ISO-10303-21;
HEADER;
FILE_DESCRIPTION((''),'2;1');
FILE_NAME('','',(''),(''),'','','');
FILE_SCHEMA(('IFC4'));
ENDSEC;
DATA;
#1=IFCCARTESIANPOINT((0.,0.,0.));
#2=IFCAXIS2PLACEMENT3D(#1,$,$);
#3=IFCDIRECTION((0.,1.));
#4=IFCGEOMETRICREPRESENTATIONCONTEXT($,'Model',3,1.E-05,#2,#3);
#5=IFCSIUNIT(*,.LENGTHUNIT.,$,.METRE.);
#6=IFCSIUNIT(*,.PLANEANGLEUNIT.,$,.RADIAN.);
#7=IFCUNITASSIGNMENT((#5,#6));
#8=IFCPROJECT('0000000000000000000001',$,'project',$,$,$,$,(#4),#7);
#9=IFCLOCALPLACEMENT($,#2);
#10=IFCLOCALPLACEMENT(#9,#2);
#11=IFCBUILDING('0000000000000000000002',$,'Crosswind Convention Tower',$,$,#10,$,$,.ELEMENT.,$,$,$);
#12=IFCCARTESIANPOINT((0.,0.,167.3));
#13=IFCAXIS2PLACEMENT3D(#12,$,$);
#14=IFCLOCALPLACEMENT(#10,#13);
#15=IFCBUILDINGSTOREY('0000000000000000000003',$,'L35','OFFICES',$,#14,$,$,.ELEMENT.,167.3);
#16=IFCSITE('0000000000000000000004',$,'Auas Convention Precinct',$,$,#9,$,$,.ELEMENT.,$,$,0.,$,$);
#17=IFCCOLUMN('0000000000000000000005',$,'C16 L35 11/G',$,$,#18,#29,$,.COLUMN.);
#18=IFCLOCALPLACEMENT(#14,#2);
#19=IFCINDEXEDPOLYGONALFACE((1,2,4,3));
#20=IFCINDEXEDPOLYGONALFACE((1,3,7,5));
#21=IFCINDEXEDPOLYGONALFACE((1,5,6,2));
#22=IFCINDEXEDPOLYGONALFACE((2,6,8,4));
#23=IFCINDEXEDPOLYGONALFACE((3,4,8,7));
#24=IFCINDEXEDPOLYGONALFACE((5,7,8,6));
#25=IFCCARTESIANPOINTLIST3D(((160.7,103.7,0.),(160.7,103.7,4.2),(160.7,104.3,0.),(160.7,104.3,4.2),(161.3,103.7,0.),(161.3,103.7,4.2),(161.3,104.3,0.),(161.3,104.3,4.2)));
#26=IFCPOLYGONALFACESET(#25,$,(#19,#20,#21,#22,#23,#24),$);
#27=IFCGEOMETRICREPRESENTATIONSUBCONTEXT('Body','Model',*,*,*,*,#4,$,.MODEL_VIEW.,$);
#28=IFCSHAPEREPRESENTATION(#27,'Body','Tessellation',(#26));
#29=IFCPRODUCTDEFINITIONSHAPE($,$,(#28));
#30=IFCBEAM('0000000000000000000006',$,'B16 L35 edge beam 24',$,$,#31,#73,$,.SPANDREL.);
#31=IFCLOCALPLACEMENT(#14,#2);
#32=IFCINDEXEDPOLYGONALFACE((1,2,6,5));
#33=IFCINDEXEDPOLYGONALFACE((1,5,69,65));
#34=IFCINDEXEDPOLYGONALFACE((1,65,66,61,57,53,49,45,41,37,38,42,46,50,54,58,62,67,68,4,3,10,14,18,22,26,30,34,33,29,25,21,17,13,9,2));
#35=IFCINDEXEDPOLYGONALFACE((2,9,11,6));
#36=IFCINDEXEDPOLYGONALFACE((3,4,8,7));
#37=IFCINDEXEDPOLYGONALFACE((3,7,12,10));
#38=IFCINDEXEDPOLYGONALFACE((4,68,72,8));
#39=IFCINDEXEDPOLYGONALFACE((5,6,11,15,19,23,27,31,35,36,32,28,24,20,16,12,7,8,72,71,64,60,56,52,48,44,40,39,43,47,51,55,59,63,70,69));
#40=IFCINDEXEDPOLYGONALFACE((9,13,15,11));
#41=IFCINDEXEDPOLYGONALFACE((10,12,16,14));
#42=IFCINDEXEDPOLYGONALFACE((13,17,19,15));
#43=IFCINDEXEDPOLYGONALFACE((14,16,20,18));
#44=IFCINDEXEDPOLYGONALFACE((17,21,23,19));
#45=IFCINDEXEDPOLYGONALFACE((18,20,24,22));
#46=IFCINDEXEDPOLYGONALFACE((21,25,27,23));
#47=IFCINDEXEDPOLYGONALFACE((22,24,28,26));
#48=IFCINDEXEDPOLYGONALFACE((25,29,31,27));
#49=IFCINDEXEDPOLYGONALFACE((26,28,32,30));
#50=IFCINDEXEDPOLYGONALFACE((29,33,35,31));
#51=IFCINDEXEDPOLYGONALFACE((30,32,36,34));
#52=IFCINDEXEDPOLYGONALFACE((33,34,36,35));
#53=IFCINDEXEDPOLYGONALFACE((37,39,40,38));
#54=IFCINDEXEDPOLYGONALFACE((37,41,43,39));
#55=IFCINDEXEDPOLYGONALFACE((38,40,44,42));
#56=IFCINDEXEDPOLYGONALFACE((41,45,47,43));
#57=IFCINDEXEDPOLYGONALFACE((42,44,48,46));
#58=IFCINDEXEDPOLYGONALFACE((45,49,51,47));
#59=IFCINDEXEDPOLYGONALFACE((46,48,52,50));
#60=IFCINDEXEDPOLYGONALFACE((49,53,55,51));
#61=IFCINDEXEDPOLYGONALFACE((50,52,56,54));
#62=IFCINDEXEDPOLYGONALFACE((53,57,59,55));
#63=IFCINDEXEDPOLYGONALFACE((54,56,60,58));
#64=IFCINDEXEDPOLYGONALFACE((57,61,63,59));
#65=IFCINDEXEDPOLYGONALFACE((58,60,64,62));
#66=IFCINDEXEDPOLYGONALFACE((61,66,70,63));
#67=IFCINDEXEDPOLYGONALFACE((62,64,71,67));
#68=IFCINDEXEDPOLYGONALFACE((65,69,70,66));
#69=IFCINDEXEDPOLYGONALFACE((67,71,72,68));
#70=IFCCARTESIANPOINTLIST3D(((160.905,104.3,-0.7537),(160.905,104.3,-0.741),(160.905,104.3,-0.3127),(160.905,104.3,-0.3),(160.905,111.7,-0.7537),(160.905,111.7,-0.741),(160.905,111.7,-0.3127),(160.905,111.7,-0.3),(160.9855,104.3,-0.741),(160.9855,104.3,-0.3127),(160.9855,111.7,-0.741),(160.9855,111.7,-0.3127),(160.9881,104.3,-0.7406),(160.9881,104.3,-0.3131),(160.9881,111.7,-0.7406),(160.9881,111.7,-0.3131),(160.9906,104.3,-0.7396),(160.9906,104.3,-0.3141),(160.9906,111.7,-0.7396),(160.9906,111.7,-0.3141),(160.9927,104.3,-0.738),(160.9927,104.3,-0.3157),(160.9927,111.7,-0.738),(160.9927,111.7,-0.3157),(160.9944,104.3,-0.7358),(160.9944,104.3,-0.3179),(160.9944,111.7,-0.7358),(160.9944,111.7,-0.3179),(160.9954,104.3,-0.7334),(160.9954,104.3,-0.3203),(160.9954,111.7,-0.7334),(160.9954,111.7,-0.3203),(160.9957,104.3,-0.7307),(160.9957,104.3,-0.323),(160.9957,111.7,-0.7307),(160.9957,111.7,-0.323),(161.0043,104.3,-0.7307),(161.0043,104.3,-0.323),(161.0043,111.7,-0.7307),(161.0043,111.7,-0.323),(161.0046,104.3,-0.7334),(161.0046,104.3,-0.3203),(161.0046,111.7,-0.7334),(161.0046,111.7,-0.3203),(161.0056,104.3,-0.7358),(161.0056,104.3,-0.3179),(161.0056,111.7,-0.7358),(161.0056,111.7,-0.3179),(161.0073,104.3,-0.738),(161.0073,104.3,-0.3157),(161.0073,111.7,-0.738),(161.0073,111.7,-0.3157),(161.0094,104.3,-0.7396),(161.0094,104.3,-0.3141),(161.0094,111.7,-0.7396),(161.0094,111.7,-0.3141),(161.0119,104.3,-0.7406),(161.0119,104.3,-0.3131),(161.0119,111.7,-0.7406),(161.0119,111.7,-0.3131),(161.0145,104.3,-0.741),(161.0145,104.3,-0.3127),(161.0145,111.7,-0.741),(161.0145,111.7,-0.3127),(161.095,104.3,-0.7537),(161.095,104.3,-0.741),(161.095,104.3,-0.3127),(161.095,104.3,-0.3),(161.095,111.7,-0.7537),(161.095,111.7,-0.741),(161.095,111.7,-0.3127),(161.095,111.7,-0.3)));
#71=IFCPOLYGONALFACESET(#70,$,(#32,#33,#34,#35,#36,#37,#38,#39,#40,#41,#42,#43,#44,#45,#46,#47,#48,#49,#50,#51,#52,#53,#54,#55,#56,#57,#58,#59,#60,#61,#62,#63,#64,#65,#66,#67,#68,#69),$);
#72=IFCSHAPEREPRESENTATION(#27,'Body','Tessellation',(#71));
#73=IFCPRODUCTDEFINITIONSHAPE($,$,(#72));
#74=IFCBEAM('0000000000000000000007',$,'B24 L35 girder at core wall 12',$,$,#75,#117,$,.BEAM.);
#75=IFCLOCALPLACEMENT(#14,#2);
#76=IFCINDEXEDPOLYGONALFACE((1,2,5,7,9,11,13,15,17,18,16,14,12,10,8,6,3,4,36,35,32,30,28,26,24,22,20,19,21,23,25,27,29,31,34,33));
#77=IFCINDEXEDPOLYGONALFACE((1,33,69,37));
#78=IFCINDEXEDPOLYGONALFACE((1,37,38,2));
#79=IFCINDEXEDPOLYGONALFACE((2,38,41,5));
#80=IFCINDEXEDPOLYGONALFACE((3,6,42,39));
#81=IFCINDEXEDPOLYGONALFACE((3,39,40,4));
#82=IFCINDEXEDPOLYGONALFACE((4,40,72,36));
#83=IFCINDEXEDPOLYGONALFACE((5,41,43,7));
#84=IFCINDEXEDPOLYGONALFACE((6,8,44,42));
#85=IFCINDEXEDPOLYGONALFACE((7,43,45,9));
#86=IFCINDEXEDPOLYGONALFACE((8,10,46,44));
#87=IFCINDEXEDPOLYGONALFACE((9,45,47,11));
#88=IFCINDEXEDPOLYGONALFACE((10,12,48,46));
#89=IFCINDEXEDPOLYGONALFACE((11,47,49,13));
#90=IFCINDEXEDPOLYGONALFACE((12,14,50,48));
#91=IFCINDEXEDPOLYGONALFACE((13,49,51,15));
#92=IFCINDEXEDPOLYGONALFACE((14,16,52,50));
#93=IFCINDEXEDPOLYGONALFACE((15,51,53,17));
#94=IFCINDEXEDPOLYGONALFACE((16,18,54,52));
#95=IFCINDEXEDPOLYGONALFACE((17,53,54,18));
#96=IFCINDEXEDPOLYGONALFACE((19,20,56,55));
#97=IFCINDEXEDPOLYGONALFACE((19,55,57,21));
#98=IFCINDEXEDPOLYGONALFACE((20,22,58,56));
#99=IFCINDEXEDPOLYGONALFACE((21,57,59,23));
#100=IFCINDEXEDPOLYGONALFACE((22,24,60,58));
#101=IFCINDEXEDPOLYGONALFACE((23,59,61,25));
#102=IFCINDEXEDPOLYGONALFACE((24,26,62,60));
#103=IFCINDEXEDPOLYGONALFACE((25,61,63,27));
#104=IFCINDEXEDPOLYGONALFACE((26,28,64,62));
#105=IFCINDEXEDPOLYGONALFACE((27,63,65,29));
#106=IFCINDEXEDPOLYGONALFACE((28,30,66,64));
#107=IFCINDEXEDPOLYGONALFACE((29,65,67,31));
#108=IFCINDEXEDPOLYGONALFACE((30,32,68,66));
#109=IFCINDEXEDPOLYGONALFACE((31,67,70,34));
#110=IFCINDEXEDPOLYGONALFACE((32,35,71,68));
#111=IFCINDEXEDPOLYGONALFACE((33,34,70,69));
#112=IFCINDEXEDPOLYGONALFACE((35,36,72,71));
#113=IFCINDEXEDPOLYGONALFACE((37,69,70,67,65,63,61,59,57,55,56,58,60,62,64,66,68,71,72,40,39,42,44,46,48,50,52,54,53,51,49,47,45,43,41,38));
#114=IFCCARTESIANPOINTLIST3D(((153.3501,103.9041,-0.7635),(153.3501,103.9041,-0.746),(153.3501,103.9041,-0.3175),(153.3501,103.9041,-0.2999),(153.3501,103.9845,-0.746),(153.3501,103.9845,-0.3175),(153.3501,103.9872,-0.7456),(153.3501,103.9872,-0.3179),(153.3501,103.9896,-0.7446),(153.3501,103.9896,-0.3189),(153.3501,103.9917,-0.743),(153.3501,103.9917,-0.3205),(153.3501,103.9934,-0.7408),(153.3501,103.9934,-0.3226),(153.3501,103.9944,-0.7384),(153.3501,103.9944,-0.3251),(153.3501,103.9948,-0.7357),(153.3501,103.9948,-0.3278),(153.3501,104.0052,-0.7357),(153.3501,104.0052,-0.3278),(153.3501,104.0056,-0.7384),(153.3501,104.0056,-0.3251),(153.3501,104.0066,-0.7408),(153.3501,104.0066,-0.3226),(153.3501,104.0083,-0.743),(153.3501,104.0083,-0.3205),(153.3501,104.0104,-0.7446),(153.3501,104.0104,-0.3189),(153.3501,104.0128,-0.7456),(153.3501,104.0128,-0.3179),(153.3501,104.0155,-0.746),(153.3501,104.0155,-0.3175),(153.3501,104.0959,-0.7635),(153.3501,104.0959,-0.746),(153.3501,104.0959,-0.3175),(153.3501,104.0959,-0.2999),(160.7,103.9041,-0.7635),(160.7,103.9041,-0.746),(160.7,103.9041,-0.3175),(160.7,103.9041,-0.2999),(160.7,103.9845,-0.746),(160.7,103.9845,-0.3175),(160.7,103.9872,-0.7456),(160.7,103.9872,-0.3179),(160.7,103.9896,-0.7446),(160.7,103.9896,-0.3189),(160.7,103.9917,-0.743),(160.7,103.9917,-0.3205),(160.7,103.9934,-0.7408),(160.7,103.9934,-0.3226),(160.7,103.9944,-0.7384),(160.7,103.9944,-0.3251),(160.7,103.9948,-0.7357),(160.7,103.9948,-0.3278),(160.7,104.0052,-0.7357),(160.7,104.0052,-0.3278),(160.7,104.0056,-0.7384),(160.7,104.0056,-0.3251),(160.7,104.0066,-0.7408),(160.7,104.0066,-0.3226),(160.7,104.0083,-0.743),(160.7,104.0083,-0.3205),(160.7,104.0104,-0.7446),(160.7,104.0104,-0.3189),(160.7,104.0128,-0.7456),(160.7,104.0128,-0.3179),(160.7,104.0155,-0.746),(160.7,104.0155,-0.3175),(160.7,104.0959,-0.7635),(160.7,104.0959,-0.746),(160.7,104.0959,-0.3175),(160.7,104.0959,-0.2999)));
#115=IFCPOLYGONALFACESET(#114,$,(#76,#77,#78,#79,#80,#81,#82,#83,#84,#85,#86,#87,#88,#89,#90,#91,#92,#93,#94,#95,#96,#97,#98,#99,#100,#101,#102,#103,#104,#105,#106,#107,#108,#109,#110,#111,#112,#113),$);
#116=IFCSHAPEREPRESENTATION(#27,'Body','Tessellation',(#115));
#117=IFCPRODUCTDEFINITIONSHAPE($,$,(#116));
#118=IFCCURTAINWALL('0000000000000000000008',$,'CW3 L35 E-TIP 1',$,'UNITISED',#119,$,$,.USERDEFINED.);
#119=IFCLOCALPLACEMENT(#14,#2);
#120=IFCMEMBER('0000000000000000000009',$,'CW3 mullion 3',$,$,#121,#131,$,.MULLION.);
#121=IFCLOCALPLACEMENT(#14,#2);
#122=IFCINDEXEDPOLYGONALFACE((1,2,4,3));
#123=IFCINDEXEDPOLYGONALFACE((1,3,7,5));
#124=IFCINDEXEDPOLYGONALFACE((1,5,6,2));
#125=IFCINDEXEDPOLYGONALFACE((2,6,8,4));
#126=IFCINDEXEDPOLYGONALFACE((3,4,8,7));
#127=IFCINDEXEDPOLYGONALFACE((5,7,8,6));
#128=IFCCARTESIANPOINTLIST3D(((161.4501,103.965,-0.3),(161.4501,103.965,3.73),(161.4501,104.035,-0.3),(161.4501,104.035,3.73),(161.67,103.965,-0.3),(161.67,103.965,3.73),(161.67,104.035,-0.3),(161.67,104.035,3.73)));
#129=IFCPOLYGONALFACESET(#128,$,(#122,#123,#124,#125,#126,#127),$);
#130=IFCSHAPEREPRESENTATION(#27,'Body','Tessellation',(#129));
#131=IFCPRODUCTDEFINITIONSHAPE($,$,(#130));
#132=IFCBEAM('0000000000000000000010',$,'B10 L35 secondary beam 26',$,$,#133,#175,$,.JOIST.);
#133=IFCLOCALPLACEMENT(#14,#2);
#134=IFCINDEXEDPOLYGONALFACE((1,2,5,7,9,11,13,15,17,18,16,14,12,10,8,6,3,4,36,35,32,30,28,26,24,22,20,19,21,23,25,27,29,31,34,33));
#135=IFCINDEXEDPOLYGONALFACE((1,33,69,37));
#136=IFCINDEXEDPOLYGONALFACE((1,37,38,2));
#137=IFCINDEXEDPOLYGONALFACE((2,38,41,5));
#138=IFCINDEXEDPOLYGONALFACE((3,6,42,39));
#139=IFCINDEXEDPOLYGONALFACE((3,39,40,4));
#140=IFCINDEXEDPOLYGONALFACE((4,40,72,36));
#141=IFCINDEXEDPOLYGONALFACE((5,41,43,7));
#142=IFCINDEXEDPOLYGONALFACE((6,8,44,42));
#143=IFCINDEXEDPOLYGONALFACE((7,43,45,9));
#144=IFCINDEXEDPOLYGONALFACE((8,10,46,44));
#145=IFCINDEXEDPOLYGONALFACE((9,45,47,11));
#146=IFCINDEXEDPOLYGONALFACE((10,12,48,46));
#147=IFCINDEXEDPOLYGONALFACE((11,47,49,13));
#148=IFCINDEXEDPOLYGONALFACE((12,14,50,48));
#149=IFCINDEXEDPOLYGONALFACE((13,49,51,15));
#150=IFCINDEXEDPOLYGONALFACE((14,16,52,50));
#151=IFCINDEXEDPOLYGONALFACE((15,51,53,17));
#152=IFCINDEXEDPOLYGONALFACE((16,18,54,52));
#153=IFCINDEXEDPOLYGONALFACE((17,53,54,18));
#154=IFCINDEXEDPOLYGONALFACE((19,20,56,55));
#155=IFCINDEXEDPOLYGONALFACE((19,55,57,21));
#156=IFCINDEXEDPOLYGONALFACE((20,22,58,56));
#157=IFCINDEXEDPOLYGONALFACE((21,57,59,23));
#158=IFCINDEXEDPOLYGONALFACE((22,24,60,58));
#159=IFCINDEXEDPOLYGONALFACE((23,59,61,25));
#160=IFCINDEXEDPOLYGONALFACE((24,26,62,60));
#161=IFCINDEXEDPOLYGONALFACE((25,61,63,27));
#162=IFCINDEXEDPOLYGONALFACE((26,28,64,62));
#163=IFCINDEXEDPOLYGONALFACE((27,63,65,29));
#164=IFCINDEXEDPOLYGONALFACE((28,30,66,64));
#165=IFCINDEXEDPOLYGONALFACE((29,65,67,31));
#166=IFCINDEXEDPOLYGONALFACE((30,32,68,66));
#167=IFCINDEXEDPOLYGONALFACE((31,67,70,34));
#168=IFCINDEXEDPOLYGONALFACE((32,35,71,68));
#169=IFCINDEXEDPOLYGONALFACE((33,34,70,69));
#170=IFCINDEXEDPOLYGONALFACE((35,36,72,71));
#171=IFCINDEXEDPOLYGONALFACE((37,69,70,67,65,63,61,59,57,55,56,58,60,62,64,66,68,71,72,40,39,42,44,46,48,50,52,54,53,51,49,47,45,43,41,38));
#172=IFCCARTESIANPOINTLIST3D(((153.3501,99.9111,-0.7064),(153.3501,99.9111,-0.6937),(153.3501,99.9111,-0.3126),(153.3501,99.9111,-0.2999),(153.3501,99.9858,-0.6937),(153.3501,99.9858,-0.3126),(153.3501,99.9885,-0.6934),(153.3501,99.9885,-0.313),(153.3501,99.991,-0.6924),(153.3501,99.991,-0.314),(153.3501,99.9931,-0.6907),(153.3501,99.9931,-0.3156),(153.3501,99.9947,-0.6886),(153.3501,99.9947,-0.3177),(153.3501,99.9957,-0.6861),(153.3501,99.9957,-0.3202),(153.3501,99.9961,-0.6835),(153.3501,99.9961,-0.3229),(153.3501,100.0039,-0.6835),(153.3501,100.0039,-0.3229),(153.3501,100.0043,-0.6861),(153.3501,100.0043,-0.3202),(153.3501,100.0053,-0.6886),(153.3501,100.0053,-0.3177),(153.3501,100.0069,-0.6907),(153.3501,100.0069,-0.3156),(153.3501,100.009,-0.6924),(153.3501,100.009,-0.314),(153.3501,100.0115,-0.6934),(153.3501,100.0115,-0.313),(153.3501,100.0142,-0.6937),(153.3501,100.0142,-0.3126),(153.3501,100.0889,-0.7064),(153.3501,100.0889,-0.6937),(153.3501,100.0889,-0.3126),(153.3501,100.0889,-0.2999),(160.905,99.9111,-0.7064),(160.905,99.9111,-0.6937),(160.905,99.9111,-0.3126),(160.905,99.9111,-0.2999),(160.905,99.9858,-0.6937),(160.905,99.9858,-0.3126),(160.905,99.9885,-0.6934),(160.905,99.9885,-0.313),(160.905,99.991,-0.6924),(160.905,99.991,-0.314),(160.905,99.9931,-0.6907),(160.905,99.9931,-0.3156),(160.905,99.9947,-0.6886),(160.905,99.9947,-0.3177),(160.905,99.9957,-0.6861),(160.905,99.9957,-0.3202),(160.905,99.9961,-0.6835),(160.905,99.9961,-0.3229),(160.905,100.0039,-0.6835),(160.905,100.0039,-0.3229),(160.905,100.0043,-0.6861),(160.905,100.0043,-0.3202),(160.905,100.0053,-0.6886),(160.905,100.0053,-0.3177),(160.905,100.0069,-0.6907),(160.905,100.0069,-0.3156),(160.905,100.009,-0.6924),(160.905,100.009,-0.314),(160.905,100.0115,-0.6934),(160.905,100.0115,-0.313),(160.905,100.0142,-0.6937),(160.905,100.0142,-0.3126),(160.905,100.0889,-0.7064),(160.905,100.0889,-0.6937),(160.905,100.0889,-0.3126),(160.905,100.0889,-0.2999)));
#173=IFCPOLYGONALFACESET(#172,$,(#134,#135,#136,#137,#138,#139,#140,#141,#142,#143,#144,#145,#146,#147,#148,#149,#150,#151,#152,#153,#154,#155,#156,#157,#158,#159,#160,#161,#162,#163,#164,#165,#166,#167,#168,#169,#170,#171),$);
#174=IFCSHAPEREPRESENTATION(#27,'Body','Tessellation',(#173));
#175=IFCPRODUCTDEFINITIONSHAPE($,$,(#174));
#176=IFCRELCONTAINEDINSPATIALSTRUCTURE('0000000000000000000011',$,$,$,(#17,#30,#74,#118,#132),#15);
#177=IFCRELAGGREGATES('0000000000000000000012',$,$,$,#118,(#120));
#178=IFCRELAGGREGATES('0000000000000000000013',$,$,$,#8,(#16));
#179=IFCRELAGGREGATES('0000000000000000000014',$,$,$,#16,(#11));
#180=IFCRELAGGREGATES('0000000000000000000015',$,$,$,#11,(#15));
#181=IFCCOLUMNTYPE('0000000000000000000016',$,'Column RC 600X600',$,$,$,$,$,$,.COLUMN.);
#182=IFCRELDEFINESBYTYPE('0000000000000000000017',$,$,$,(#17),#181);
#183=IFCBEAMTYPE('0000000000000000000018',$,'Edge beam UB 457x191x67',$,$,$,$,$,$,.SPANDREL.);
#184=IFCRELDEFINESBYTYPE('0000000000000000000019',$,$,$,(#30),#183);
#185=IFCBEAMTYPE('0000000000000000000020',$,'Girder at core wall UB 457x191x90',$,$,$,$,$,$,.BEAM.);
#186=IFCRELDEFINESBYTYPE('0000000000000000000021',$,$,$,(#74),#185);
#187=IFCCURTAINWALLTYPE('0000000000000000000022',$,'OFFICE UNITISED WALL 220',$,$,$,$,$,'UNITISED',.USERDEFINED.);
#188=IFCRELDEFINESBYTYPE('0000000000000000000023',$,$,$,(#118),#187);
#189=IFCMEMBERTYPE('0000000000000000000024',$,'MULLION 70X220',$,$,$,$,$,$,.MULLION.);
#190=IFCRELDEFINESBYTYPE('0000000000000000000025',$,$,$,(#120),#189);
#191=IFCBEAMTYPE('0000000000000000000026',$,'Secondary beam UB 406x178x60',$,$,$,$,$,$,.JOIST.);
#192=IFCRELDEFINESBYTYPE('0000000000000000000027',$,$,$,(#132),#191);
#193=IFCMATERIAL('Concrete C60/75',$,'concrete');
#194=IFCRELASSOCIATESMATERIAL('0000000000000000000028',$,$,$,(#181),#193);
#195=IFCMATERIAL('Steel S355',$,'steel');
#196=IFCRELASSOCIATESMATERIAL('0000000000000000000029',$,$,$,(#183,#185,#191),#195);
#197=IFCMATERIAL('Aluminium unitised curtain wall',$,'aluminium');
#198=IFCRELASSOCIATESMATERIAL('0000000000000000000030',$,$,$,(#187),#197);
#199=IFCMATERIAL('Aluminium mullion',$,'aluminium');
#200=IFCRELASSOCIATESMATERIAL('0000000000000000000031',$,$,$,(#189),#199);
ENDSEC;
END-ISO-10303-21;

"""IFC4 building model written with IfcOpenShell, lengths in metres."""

from ifc_helpers import new_model, si_unit, direction, frame, origin, origin_2d, place, context, subcontext, project, spatial, rectangle, i_section, extrude, material, material_profile, profile_set, type_object, element, aggregate, save


model = new_model("IFC4")

# Units and contexts
model_context = context("Model", 3, precision=1e-05, world=origin(), true_north=direction((0.0, 1.0)))
body_context = subcontext(model_context, "Body", "Model", "MODEL_VIEW")
ifc_project = project(units=[si_unit("LENGTHUNIT", "METRE"), si_unit("PLANEANGLEUNIT", "RADIAN")], contexts=[model_context])

# Site, building, storey
site_placement = place(None, origin())
site = spatial("IfcSite", under=ifc_project, at=site_placement, Name="Auas Convention Precinct", CompositionType="ELEMENT", RefElevation=0.0)
building_placement = place(site_placement, origin())
building = spatial("IfcBuilding", under=site, at=building_placement, Name="Crosswind Convention Tower", CompositionType="ELEMENT")
storey_placement = place(building_placement, frame((0.0, 0.0, 167.3)))
storey = spatial("IfcBuildingStorey", under=building, at=storey_placement, Name="L35", Description="OFFICES", CompositionType="ELEMENT", Elevation=167.3)

# Column
ifc_material_1 = material(Name="Concrete C60/75", Category="concrete")
ifc_material_profile_1 = material_profile(ifc_material_1, rectangle(XDim=0.6001, YDim=0.6001, at=origin_2d()), Name="RC 600X600")
ifc_profile_set_1 = profile_set([ifc_material_profile_1], Name="Concrete C60/75")
column_type = type_object("IfcColumnType", Name="Column RC 600X600", PredefinedType="COLUMN", material=ifc_profile_set_1)
column_placement = place(storey_placement, frame((161.0, 104.0, 0.0), z_axis=(0.0, 0.0, 1.0), x_axis=(1.0, 0.0, 0.0)))
element("IfcColumn", 1, at=column_placement, inside=storey, type_object=column_type, Name="C16 L35 11/G", PredefinedType="COLUMN", context=body_context, shape_type="SweptSolid", body=[
    extrude(rectangle(XDim=0.6001, YDim=0.6001, at=origin_2d()), origin(), (0.0, 0.0, 1.0), 4.2),
])

# Beams
ifc_material_2 = material(Name="Steel S355", Category="steel")
ifc_material_profile_2 = material_profile(ifc_material_2, i_section(OverallWidth=0.1899, OverallDepth=0.4536, WebThickness=0.0085, FlangeThickness=0.0127, FilletRadius=0.0103, at=origin_2d()), Name="UB 457x191x67")
ifc_profile_set_2 = profile_set([ifc_material_profile_2], Name="Steel S355")
beam_type_1 = type_object("IfcBeamType", Name="Edge beam UB 457x191x67", PredefinedType="SPANDREL", material=ifc_profile_set_2)
beam_1_placement = place(storey_placement, frame((161.0, 104.3, -0.5269), z_axis=(0.0, 1.0, 0.0), x_axis=(-1.0, 0.0, 0.0)))
element("IfcBeam", 2, at=beam_1_placement, inside=storey, type_object=beam_type_1, Name="B16 L35 edge beam 24", PredefinedType="SPANDREL", context=body_context, shape_type="SweptSolid", body=[
    extrude(i_section(OverallWidth=0.1899, OverallDepth=0.4536, WebThickness=0.0085, FlangeThickness=0.0127, FilletRadius=0.0103, at=origin_2d()), origin(), (0.0, 0.0, 1.0), 7.3999),
])
ifc_material_profile_3 = material_profile(ifc_material_2, i_section(OverallWidth=0.1919, OverallDepth=0.4636, WebThickness=0.0105, FlangeThickness=0.0176, FilletRadius=0.0103, at=origin_2d()), Name="UB 457x191x90")
ifc_profile_set_3 = profile_set([ifc_material_profile_3], Name="Steel S355")
beam_type_2 = type_object("IfcBeamType", Name="Girder at core wall UB 457x191x90", PredefinedType="BEAM", material=ifc_profile_set_3)
beam_2_placement = place(storey_placement, frame((153.3501, 104.0, -0.5317), z_axis=(1.0, 0.0, 0.0), x_axis=(0.0, 1.0, 0.0)))
element("IfcBeam", 3, at=beam_2_placement, inside=storey, type_object=beam_type_2, Name="B24 L35 girder at core wall 12", PredefinedType="BEAM", context=body_context, shape_type="SweptSolid", body=[
    extrude(i_section(OverallWidth=0.1919, OverallDepth=0.4636, WebThickness=0.0105, FlangeThickness=0.0176, FilletRadius=0.0103, at=origin_2d()), origin(), (0.0, 0.0, 1.0), 7.3499),
])

# Curtain wall, member
ifc_material_3 = material(Name="Aluminium unitised curtain wall", Category="aluminium")
curtain_wall_type = type_object("IfcCurtainWallType", Name="OFFICE UNITISED WALL 220", ElementType="UNITISED", PredefinedType="USERDEFINED", material=ifc_material_3)
curtain_wall_placement = place(storey_placement, origin())
curtain_wall = element("IfcCurtainWall", 4, at=curtain_wall_placement, inside=storey, type_object=curtain_wall_type, Name="CW3 L35 E-TIP 1", ObjectType="UNITISED", PredefinedType="USERDEFINED")
ifc_material_4 = material(Name="Aluminium mullion", Category="aluminium")
ifc_material_profile_4 = material_profile(ifc_material_4, rectangle(XDim=0.22, YDim=0.0701, at=origin_2d()), Name="AL 220X70")
ifc_profile_set_4 = profile_set([ifc_material_profile_4], Name="Aluminium mullion")
member_type = type_object("IfcMemberType", Name="MULLION 70X220", PredefinedType="MULLION", material=ifc_profile_set_4)
member_placement = place(storey_placement, frame((161.5601, 104.0, -0.3), z_axis=(0.0, 0.0, 1.0), x_axis=(1.0, 0.0, 0.0)))
member = element("IfcMember", 5, at=member_placement, type_object=member_type, Name="CW3 mullion 3", PredefinedType="MULLION", context=body_context, shape_type="SweptSolid", body=[
    extrude(rectangle(XDim=0.22, YDim=0.0701, at=origin_2d()), origin(), (0.0, 0.0, 1.0), 4.03),
])

# Beam
ifc_material_profile_5 = material_profile(ifc_material_2, i_section(OverallWidth=0.1777, OverallDepth=0.4065, WebThickness=0.0078, FlangeThickness=0.0127, FilletRadius=0.0103, at=origin_2d()), Name="UB 406x178x60")
ifc_profile_set_5 = profile_set([ifc_material_profile_5], Name="Steel S355")
beam_type_3 = type_object("IfcBeamType", Name="Secondary beam UB 406x178x60", PredefinedType="JOIST", material=ifc_profile_set_5)
for number, where, z_axis, x_axis, name in (
    (6, (153.3501, 100.0, -0.5032), (1.0, 0.0, 0.0), (0.0, 1.0, 0.0), "B10 L35 secondary beam 26"),
):
    element("IfcBeam", number, at=place(storey_placement, frame(where, z_axis=z_axis, x_axis=x_axis)), inside=storey, type_object=beam_type_3, Name=name, PredefinedType="JOIST", context=body_context, shape_type="SweptSolid", body=[
        extrude(i_section(OverallWidth=0.1777, OverallDepth=0.4065, WebThickness=0.0078, FlangeThickness=0.0127, FilletRadius=0.0103, at=origin_2d()), origin(), (0.0, 0.0, 1.0), 7.5549),
    ])

aggregate(curtain_wall, [member])

save(model, "model.ifc")
